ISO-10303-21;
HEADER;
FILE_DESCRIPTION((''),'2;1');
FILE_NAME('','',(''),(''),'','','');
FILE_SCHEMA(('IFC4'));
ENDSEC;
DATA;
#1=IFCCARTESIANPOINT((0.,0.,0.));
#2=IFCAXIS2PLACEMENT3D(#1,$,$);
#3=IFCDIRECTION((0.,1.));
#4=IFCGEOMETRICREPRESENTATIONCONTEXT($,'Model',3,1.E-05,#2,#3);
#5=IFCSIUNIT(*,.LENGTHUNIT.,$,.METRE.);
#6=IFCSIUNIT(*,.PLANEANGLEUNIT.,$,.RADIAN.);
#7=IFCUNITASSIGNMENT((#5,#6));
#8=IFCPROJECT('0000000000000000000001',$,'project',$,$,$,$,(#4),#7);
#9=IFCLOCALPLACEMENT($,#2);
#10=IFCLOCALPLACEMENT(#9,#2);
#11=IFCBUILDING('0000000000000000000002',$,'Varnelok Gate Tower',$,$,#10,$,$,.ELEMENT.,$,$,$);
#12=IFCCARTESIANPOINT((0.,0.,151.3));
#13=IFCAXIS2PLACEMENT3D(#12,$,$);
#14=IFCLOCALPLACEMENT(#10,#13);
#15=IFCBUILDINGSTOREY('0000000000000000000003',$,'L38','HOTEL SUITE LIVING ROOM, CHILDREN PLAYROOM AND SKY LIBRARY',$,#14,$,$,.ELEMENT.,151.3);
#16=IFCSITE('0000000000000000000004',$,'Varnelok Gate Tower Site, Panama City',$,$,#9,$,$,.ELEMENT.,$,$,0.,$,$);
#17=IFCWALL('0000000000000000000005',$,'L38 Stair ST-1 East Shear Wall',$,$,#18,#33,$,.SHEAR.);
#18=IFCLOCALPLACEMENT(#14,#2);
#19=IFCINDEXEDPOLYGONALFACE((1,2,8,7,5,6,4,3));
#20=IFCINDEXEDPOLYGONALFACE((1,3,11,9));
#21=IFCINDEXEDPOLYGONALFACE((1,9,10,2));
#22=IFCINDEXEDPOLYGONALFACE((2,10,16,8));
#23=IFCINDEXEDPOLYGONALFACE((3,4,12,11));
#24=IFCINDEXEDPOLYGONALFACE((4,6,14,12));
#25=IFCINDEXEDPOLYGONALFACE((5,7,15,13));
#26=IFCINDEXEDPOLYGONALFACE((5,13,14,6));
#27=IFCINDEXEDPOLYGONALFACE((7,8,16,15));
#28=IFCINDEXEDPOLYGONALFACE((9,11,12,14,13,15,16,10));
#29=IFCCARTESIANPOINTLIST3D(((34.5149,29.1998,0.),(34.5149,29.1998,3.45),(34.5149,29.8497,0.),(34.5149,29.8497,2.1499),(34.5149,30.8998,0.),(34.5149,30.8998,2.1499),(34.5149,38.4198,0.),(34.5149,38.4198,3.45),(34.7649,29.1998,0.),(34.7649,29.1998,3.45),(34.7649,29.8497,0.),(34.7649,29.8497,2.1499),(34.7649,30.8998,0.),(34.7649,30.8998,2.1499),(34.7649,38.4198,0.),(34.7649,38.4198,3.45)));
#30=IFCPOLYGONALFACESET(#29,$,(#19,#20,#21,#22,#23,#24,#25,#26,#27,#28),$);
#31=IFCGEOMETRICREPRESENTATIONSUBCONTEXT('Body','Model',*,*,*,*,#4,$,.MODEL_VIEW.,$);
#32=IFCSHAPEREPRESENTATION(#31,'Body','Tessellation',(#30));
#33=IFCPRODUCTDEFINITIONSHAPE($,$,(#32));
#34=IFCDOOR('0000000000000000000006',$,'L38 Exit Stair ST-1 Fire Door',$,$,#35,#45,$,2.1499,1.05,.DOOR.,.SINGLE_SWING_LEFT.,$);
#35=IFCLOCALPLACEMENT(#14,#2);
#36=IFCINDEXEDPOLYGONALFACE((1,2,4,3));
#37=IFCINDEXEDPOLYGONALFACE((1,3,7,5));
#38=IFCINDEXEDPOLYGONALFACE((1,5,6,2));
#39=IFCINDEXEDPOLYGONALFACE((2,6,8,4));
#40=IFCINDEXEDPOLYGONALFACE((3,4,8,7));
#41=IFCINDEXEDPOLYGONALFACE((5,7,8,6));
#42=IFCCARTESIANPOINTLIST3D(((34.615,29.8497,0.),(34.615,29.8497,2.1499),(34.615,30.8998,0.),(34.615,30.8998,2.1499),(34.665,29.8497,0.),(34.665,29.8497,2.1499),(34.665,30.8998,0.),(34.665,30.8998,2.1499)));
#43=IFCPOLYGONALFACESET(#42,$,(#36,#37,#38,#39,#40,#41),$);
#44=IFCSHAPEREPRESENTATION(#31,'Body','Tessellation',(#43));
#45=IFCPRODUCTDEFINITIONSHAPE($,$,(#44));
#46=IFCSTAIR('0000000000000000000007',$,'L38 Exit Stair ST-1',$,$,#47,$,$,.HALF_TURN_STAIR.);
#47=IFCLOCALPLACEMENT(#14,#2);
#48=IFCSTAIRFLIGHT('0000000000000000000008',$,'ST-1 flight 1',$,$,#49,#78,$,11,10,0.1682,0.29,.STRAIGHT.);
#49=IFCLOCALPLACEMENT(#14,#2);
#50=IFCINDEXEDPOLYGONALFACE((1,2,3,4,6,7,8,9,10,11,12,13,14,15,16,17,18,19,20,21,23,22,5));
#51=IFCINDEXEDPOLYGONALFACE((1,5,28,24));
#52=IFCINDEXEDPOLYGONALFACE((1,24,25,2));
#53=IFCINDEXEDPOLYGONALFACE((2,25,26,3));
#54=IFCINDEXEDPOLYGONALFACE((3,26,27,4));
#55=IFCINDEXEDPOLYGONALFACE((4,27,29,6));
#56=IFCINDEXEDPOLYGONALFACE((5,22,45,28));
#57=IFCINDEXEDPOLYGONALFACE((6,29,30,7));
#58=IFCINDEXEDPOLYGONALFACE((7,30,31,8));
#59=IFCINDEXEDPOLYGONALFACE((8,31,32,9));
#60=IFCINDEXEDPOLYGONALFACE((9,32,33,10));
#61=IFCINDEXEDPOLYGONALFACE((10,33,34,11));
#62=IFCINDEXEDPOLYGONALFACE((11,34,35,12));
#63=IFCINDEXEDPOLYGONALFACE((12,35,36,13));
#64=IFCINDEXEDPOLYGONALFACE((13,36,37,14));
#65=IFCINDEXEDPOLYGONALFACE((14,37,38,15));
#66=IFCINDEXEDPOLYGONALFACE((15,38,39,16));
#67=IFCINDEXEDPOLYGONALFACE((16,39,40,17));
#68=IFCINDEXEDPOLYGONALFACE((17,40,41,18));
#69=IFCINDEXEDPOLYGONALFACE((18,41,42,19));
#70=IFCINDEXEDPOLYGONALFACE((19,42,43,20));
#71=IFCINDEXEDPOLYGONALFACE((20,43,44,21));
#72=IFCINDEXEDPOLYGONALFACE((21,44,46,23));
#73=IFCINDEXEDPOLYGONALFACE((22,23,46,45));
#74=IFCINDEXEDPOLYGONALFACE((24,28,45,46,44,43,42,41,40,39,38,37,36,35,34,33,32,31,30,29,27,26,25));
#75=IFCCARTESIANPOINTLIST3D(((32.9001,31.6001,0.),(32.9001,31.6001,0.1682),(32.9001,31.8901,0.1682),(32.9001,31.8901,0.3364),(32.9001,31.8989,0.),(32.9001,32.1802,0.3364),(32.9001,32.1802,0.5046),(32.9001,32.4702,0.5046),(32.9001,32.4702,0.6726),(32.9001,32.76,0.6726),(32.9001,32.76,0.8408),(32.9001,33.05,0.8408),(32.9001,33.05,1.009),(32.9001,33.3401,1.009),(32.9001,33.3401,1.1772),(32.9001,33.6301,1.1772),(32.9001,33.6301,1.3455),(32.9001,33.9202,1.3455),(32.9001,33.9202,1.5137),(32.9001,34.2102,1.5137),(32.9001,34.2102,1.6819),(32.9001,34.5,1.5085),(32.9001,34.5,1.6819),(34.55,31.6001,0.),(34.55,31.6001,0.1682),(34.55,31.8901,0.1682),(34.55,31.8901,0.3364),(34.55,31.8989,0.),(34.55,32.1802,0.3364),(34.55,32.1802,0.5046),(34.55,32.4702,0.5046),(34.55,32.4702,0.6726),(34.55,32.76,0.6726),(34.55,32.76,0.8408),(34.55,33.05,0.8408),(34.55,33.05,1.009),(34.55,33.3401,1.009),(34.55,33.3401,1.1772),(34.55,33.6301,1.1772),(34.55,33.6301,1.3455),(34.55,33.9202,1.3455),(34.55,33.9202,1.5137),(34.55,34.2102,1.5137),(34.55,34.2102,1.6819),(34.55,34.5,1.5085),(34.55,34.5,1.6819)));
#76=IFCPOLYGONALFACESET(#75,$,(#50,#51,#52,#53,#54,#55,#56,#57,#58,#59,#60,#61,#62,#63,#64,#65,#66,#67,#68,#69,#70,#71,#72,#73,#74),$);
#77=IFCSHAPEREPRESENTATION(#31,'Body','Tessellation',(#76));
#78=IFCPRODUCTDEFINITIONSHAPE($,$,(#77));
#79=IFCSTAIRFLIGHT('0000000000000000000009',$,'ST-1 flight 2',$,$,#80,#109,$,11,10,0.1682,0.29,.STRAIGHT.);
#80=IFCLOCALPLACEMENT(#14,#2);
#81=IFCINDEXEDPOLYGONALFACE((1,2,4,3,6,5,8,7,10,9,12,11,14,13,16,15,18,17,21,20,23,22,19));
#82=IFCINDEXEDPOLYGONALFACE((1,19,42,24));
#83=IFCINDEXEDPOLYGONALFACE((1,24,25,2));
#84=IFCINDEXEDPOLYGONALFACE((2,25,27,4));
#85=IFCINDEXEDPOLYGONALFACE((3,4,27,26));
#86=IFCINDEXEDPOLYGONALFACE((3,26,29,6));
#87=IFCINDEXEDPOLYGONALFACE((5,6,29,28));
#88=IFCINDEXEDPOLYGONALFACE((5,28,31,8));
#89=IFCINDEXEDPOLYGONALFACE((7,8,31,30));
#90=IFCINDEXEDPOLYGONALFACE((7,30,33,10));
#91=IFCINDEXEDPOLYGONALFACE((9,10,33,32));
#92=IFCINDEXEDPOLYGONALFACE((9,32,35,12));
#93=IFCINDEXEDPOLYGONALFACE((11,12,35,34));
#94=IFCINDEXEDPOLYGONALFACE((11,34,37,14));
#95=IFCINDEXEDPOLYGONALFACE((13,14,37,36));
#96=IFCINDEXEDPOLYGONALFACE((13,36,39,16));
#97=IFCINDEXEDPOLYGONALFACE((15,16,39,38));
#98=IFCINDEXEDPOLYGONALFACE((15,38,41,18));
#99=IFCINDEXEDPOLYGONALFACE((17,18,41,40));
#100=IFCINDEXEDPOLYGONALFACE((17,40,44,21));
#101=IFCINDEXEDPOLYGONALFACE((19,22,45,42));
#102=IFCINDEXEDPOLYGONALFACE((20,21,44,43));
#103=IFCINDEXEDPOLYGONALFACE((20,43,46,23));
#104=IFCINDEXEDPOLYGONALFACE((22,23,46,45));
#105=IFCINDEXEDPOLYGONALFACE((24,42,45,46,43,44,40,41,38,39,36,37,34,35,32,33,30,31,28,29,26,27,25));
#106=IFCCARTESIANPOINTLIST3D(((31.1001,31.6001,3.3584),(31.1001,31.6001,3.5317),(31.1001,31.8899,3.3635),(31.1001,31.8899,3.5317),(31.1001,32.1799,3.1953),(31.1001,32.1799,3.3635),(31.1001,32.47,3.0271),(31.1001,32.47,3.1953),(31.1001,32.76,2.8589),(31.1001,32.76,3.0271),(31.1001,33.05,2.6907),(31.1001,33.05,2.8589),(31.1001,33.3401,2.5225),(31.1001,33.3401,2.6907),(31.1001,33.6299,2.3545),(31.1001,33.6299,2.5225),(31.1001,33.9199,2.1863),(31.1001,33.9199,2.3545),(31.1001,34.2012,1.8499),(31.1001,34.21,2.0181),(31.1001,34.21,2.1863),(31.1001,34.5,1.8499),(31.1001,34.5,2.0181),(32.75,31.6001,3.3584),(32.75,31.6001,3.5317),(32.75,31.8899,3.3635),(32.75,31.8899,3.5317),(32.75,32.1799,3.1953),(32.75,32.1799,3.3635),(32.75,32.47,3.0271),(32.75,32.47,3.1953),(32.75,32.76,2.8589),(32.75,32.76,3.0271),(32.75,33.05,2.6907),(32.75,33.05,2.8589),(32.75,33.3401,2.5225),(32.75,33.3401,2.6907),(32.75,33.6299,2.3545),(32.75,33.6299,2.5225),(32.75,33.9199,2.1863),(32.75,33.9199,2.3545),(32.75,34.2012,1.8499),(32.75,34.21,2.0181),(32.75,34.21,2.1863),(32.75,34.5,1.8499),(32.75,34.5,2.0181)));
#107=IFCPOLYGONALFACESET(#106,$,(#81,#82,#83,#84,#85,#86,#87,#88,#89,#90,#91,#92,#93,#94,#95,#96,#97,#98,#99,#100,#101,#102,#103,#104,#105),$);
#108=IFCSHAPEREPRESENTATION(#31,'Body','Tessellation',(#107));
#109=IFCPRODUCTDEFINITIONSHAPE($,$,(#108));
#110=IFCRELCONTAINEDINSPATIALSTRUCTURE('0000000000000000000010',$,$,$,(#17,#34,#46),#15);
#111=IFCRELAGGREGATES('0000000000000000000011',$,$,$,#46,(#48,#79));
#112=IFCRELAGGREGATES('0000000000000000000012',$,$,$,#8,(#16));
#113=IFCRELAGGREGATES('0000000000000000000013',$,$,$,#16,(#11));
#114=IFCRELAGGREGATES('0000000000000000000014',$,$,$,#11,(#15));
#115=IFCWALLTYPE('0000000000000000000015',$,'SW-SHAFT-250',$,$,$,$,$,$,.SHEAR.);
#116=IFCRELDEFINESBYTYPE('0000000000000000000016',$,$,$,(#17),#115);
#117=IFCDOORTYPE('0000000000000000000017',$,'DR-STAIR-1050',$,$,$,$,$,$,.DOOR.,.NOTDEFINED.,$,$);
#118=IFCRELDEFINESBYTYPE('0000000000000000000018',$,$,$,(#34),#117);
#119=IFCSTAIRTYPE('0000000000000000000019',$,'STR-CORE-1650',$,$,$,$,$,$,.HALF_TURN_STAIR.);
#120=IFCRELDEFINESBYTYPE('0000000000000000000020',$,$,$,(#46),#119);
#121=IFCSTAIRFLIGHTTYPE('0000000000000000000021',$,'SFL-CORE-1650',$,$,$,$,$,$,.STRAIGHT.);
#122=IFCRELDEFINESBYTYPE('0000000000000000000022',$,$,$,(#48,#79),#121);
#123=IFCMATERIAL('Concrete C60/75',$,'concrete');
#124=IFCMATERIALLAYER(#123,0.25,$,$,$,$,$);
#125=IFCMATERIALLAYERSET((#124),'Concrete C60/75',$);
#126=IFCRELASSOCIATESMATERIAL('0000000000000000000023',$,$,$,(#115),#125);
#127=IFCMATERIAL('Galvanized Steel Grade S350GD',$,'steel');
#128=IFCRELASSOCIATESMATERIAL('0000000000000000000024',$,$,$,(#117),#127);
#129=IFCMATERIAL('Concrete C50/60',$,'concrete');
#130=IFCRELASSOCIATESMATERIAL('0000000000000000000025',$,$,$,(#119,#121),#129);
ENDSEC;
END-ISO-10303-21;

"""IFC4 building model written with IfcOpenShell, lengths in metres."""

from ifc_helpers import new_model, si_unit, direction, frame, frame_2d, origin, place, context, subcontext, project, spatial, polyline, rectangle, outline, extrude, material, layer, layer_set, type_object, element, fill, aggregate, save


model = new_model("IFC4")

# Units and contexts
model_context = context("Model", 3, precision=1e-05, world=origin(), true_north=direction((0.0, 1.0)))
body_context = subcontext(model_context, "Body", "Model", "MODEL_VIEW")
ifc_project = project(units=[si_unit("LENGTHUNIT", "METRE"), si_unit("PLANEANGLEUNIT", "RADIAN")], contexts=[model_context])

# Site, building, storey
site_placement = place(None, origin())
site = spatial("IfcSite", under=ifc_project, at=site_placement, Name="Varnelok Gate Tower Site, Panama City", CompositionType="ELEMENT", RefElevation=0.0)
building_placement = place(site_placement, origin())
building = spatial("IfcBuilding", under=site, at=building_placement, Name="Varnelok Gate Tower", CompositionType="ELEMENT")
storey_placement = place(building_placement, frame((0.0, 0.0, 151.3)))
storey = spatial("IfcBuildingStorey", under=building, at=storey_placement, Name="L38", Description="HOTEL SUITE LIVING ROOM, CHILDREN PLAYROOM AND SKY LIBRARY", CompositionType="ELEMENT", Elevation=151.3)

# Shared definitions
ifc_material_1 = material(Name="Concrete C60/75", Category="concrete")

# Shared definitions
ifc_material_2 = material(Name="Galvanized Steel Grade S350GD", Category="steel")

# Wall, opening, door
ifc_layer_1 = layer(ifc_material_1, 0.25)
ifc_layer_set_1 = layer_set([ifc_layer_1], Name="Concrete C60/75")
wall_type_1 = type_object("IfcWallType", Name="SW-SHAFT-250", PredefinedType="SHEAR", material=ifc_layer_set_1)
wall_1_placement = place(storey_placement, frame((34.6399, 29.2, 0.0), z_axis=(0.0, 0.0, 1.0), x_axis=(0.0, 1.0, 0.0)))
wall_1 = element("IfcWall", 1, at=wall_1_placement, inside=storey, type_object=wall_type_1, Name="L38 Stair ST-1 East Shear Wall", PredefinedType="SHEAR", context=body_context, shape_type="SweptSolid", body=[
    extrude(rectangle(XDim=9.22, YDim=0.25, at=frame_2d((4.6099, 0.0))), origin(), (0.0, 0.0, 1.0), 3.45),
])
opening_1_placement = place(wall_1_placement, frame((0.6499, 0.0, 0.0)))
opening_1 = element("IfcOpeningElement", 2, at=opening_1_placement, cuts=wall_1, PredefinedType="OPENING", context=body_context, shape_type="SweptSolid", body=[
    extrude(rectangle(XDim=1.05, YDim=2.1499, at=frame_2d((0.5249, 1.075))), frame((0.0, 0.135, 0.0), z_axis=(0.0, -1.0, 0.0), x_axis=(1.0, 0.0, 0.0)), (0.0, 0.0, 1.0), 0.27),
])
door_type_1 = type_object("IfcDoorType", Name="DR-STAIR-1050", OperationType="NOTDEFINED", PredefinedType="DOOR", material=ifc_material_2)
door_1_placement = place(opening_1_placement, origin())
door_1 = element("IfcDoor", 3, at=door_1_placement, inside=storey, type_object=door_type_1, Name="L38 Exit Stair ST-1 Fire Door", OperationType="SINGLE_SWING_LEFT", OverallHeight=2.1499, OverallWidth=1.05, PredefinedType="DOOR", context=body_context, shape_type="SweptSolid", body=[
    extrude(rectangle(XDim=1.05, YDim=2.1499, at=frame_2d((0.5249, 1.075))), frame((0.0, 0.0249, 0.0), z_axis=(0.0, -1.0, 0.0), x_axis=(1.0, 0.0, 0.0)), (0.0, 0.0, 1.0), 0.05),
])
fill(opening_1, door_1)

# Stair, stair flights
ifc_material_3 = material(Name="Concrete C50/60", Category="concrete")
stair_type = type_object("IfcStairType", Name="STR-CORE-1650", PredefinedType="HALF_TURN_STAIR", material=ifc_material_3)
stair_placement = place(storey_placement, origin())
stair = element("IfcStair", 4, at=stair_placement, inside=storey, type_object=stair_type, Name="L38 Exit Stair ST-1", PredefinedType="HALF_TURN_STAIR")
stair_flight_type = type_object("IfcStairFlightType", Name="SFL-CORE-1650", PredefinedType="STRAIGHT", material=ifc_material_3)
stair_flight_1_placement = place(storey_placement, frame((33.7251, 31.6001, 0.0), z_axis=(0.0, 0.0, 1.0), x_axis=(0.0, 1.0, 0.0)))
stair_flight_1 = element("IfcStairFlight", 5, at=stair_flight_1_placement, type_object=stair_flight_type, Name="ST-1 flight 1", NumberOfRisers=11, NumberOfTreads=10, PredefinedType="STRAIGHT", RiserHeight=0.1682, TreadLength=0.29, context=body_context, shape_type="SweptSolid", body=[
    extrude(outline(polyline([(0.0, 0.0), (0.0, 0.1682), (0.29, 0.1682), (0.29, 0.3364), (0.5801, 0.3364), (0.5801, 0.5046), (0.8701, 0.5046), (0.8701, 0.6726), (1.1599, 0.6726), (1.1599, 0.8408), (1.45, 0.8408), (1.45, 1.009), (1.74, 1.009), (1.74, 1.1772), (2.03, 1.1772), (2.03, 1.3455), (2.3201, 1.3455), (2.3201, 1.5137), (2.6101, 1.5137), (2.6101, 1.6819), (2.8999, 1.6819), (2.8999, 1.8501), (2.8999, 1.5085), (0.2988, 0.0), (0.0, 0.0)])), frame((0.0, 0.825, 0.0), z_axis=(0.0, -1.0, 0.0), x_axis=(1.0, 0.0, 0.0)), (0.0, 0.0, 1.0), 1.6499),
])
stair_flight_2_placement = place(storey_placement, frame((31.925, 34.5, 1.8499), z_axis=(0.0, 0.0, 1.0), x_axis=(0.0, -1.0, 0.0)))
stair_flight_2 = element("IfcStairFlight", 6, at=stair_flight_2_placement, type_object=stair_flight_type, Name="ST-1 flight 2", NumberOfRisers=11, NumberOfTreads=10, PredefinedType="STRAIGHT", RiserHeight=0.1682, TreadLength=0.29, context=body_context, shape_type="SweptSolid", body=[
    extrude(outline(polyline([(0.0, 0.0), (0.0, 0.1682), (0.29, 0.1682), (0.29, 0.3364), (0.5801, 0.3364), (0.5801, 0.5046), (0.8701, 0.5046), (0.8701, 0.6726), (1.1599, 0.6726), (1.1599, 0.8408), (1.45, 0.8408), (1.45, 1.009), (1.74, 1.009), (1.74, 1.1772), (2.03, 1.1772), (2.03, 1.3455), (2.3201, 1.3455), (2.3201, 1.5137), (2.6101, 1.5137), (2.6101, 1.6819), (2.8999, 1.6819), (2.8999, 1.8501), (2.8999, 1.5085), (0.2988, 0.0), (0.0, 0.0)])), frame((0.0, 0.825, 0.0), z_axis=(0.0, -1.0, 0.0), x_axis=(1.0, 0.0, 0.0)), (0.0, 0.0, 1.0), 1.6499),
])
aggregate(stair, [stair_flight_1, stair_flight_2])

save(model, "model.ifc")
